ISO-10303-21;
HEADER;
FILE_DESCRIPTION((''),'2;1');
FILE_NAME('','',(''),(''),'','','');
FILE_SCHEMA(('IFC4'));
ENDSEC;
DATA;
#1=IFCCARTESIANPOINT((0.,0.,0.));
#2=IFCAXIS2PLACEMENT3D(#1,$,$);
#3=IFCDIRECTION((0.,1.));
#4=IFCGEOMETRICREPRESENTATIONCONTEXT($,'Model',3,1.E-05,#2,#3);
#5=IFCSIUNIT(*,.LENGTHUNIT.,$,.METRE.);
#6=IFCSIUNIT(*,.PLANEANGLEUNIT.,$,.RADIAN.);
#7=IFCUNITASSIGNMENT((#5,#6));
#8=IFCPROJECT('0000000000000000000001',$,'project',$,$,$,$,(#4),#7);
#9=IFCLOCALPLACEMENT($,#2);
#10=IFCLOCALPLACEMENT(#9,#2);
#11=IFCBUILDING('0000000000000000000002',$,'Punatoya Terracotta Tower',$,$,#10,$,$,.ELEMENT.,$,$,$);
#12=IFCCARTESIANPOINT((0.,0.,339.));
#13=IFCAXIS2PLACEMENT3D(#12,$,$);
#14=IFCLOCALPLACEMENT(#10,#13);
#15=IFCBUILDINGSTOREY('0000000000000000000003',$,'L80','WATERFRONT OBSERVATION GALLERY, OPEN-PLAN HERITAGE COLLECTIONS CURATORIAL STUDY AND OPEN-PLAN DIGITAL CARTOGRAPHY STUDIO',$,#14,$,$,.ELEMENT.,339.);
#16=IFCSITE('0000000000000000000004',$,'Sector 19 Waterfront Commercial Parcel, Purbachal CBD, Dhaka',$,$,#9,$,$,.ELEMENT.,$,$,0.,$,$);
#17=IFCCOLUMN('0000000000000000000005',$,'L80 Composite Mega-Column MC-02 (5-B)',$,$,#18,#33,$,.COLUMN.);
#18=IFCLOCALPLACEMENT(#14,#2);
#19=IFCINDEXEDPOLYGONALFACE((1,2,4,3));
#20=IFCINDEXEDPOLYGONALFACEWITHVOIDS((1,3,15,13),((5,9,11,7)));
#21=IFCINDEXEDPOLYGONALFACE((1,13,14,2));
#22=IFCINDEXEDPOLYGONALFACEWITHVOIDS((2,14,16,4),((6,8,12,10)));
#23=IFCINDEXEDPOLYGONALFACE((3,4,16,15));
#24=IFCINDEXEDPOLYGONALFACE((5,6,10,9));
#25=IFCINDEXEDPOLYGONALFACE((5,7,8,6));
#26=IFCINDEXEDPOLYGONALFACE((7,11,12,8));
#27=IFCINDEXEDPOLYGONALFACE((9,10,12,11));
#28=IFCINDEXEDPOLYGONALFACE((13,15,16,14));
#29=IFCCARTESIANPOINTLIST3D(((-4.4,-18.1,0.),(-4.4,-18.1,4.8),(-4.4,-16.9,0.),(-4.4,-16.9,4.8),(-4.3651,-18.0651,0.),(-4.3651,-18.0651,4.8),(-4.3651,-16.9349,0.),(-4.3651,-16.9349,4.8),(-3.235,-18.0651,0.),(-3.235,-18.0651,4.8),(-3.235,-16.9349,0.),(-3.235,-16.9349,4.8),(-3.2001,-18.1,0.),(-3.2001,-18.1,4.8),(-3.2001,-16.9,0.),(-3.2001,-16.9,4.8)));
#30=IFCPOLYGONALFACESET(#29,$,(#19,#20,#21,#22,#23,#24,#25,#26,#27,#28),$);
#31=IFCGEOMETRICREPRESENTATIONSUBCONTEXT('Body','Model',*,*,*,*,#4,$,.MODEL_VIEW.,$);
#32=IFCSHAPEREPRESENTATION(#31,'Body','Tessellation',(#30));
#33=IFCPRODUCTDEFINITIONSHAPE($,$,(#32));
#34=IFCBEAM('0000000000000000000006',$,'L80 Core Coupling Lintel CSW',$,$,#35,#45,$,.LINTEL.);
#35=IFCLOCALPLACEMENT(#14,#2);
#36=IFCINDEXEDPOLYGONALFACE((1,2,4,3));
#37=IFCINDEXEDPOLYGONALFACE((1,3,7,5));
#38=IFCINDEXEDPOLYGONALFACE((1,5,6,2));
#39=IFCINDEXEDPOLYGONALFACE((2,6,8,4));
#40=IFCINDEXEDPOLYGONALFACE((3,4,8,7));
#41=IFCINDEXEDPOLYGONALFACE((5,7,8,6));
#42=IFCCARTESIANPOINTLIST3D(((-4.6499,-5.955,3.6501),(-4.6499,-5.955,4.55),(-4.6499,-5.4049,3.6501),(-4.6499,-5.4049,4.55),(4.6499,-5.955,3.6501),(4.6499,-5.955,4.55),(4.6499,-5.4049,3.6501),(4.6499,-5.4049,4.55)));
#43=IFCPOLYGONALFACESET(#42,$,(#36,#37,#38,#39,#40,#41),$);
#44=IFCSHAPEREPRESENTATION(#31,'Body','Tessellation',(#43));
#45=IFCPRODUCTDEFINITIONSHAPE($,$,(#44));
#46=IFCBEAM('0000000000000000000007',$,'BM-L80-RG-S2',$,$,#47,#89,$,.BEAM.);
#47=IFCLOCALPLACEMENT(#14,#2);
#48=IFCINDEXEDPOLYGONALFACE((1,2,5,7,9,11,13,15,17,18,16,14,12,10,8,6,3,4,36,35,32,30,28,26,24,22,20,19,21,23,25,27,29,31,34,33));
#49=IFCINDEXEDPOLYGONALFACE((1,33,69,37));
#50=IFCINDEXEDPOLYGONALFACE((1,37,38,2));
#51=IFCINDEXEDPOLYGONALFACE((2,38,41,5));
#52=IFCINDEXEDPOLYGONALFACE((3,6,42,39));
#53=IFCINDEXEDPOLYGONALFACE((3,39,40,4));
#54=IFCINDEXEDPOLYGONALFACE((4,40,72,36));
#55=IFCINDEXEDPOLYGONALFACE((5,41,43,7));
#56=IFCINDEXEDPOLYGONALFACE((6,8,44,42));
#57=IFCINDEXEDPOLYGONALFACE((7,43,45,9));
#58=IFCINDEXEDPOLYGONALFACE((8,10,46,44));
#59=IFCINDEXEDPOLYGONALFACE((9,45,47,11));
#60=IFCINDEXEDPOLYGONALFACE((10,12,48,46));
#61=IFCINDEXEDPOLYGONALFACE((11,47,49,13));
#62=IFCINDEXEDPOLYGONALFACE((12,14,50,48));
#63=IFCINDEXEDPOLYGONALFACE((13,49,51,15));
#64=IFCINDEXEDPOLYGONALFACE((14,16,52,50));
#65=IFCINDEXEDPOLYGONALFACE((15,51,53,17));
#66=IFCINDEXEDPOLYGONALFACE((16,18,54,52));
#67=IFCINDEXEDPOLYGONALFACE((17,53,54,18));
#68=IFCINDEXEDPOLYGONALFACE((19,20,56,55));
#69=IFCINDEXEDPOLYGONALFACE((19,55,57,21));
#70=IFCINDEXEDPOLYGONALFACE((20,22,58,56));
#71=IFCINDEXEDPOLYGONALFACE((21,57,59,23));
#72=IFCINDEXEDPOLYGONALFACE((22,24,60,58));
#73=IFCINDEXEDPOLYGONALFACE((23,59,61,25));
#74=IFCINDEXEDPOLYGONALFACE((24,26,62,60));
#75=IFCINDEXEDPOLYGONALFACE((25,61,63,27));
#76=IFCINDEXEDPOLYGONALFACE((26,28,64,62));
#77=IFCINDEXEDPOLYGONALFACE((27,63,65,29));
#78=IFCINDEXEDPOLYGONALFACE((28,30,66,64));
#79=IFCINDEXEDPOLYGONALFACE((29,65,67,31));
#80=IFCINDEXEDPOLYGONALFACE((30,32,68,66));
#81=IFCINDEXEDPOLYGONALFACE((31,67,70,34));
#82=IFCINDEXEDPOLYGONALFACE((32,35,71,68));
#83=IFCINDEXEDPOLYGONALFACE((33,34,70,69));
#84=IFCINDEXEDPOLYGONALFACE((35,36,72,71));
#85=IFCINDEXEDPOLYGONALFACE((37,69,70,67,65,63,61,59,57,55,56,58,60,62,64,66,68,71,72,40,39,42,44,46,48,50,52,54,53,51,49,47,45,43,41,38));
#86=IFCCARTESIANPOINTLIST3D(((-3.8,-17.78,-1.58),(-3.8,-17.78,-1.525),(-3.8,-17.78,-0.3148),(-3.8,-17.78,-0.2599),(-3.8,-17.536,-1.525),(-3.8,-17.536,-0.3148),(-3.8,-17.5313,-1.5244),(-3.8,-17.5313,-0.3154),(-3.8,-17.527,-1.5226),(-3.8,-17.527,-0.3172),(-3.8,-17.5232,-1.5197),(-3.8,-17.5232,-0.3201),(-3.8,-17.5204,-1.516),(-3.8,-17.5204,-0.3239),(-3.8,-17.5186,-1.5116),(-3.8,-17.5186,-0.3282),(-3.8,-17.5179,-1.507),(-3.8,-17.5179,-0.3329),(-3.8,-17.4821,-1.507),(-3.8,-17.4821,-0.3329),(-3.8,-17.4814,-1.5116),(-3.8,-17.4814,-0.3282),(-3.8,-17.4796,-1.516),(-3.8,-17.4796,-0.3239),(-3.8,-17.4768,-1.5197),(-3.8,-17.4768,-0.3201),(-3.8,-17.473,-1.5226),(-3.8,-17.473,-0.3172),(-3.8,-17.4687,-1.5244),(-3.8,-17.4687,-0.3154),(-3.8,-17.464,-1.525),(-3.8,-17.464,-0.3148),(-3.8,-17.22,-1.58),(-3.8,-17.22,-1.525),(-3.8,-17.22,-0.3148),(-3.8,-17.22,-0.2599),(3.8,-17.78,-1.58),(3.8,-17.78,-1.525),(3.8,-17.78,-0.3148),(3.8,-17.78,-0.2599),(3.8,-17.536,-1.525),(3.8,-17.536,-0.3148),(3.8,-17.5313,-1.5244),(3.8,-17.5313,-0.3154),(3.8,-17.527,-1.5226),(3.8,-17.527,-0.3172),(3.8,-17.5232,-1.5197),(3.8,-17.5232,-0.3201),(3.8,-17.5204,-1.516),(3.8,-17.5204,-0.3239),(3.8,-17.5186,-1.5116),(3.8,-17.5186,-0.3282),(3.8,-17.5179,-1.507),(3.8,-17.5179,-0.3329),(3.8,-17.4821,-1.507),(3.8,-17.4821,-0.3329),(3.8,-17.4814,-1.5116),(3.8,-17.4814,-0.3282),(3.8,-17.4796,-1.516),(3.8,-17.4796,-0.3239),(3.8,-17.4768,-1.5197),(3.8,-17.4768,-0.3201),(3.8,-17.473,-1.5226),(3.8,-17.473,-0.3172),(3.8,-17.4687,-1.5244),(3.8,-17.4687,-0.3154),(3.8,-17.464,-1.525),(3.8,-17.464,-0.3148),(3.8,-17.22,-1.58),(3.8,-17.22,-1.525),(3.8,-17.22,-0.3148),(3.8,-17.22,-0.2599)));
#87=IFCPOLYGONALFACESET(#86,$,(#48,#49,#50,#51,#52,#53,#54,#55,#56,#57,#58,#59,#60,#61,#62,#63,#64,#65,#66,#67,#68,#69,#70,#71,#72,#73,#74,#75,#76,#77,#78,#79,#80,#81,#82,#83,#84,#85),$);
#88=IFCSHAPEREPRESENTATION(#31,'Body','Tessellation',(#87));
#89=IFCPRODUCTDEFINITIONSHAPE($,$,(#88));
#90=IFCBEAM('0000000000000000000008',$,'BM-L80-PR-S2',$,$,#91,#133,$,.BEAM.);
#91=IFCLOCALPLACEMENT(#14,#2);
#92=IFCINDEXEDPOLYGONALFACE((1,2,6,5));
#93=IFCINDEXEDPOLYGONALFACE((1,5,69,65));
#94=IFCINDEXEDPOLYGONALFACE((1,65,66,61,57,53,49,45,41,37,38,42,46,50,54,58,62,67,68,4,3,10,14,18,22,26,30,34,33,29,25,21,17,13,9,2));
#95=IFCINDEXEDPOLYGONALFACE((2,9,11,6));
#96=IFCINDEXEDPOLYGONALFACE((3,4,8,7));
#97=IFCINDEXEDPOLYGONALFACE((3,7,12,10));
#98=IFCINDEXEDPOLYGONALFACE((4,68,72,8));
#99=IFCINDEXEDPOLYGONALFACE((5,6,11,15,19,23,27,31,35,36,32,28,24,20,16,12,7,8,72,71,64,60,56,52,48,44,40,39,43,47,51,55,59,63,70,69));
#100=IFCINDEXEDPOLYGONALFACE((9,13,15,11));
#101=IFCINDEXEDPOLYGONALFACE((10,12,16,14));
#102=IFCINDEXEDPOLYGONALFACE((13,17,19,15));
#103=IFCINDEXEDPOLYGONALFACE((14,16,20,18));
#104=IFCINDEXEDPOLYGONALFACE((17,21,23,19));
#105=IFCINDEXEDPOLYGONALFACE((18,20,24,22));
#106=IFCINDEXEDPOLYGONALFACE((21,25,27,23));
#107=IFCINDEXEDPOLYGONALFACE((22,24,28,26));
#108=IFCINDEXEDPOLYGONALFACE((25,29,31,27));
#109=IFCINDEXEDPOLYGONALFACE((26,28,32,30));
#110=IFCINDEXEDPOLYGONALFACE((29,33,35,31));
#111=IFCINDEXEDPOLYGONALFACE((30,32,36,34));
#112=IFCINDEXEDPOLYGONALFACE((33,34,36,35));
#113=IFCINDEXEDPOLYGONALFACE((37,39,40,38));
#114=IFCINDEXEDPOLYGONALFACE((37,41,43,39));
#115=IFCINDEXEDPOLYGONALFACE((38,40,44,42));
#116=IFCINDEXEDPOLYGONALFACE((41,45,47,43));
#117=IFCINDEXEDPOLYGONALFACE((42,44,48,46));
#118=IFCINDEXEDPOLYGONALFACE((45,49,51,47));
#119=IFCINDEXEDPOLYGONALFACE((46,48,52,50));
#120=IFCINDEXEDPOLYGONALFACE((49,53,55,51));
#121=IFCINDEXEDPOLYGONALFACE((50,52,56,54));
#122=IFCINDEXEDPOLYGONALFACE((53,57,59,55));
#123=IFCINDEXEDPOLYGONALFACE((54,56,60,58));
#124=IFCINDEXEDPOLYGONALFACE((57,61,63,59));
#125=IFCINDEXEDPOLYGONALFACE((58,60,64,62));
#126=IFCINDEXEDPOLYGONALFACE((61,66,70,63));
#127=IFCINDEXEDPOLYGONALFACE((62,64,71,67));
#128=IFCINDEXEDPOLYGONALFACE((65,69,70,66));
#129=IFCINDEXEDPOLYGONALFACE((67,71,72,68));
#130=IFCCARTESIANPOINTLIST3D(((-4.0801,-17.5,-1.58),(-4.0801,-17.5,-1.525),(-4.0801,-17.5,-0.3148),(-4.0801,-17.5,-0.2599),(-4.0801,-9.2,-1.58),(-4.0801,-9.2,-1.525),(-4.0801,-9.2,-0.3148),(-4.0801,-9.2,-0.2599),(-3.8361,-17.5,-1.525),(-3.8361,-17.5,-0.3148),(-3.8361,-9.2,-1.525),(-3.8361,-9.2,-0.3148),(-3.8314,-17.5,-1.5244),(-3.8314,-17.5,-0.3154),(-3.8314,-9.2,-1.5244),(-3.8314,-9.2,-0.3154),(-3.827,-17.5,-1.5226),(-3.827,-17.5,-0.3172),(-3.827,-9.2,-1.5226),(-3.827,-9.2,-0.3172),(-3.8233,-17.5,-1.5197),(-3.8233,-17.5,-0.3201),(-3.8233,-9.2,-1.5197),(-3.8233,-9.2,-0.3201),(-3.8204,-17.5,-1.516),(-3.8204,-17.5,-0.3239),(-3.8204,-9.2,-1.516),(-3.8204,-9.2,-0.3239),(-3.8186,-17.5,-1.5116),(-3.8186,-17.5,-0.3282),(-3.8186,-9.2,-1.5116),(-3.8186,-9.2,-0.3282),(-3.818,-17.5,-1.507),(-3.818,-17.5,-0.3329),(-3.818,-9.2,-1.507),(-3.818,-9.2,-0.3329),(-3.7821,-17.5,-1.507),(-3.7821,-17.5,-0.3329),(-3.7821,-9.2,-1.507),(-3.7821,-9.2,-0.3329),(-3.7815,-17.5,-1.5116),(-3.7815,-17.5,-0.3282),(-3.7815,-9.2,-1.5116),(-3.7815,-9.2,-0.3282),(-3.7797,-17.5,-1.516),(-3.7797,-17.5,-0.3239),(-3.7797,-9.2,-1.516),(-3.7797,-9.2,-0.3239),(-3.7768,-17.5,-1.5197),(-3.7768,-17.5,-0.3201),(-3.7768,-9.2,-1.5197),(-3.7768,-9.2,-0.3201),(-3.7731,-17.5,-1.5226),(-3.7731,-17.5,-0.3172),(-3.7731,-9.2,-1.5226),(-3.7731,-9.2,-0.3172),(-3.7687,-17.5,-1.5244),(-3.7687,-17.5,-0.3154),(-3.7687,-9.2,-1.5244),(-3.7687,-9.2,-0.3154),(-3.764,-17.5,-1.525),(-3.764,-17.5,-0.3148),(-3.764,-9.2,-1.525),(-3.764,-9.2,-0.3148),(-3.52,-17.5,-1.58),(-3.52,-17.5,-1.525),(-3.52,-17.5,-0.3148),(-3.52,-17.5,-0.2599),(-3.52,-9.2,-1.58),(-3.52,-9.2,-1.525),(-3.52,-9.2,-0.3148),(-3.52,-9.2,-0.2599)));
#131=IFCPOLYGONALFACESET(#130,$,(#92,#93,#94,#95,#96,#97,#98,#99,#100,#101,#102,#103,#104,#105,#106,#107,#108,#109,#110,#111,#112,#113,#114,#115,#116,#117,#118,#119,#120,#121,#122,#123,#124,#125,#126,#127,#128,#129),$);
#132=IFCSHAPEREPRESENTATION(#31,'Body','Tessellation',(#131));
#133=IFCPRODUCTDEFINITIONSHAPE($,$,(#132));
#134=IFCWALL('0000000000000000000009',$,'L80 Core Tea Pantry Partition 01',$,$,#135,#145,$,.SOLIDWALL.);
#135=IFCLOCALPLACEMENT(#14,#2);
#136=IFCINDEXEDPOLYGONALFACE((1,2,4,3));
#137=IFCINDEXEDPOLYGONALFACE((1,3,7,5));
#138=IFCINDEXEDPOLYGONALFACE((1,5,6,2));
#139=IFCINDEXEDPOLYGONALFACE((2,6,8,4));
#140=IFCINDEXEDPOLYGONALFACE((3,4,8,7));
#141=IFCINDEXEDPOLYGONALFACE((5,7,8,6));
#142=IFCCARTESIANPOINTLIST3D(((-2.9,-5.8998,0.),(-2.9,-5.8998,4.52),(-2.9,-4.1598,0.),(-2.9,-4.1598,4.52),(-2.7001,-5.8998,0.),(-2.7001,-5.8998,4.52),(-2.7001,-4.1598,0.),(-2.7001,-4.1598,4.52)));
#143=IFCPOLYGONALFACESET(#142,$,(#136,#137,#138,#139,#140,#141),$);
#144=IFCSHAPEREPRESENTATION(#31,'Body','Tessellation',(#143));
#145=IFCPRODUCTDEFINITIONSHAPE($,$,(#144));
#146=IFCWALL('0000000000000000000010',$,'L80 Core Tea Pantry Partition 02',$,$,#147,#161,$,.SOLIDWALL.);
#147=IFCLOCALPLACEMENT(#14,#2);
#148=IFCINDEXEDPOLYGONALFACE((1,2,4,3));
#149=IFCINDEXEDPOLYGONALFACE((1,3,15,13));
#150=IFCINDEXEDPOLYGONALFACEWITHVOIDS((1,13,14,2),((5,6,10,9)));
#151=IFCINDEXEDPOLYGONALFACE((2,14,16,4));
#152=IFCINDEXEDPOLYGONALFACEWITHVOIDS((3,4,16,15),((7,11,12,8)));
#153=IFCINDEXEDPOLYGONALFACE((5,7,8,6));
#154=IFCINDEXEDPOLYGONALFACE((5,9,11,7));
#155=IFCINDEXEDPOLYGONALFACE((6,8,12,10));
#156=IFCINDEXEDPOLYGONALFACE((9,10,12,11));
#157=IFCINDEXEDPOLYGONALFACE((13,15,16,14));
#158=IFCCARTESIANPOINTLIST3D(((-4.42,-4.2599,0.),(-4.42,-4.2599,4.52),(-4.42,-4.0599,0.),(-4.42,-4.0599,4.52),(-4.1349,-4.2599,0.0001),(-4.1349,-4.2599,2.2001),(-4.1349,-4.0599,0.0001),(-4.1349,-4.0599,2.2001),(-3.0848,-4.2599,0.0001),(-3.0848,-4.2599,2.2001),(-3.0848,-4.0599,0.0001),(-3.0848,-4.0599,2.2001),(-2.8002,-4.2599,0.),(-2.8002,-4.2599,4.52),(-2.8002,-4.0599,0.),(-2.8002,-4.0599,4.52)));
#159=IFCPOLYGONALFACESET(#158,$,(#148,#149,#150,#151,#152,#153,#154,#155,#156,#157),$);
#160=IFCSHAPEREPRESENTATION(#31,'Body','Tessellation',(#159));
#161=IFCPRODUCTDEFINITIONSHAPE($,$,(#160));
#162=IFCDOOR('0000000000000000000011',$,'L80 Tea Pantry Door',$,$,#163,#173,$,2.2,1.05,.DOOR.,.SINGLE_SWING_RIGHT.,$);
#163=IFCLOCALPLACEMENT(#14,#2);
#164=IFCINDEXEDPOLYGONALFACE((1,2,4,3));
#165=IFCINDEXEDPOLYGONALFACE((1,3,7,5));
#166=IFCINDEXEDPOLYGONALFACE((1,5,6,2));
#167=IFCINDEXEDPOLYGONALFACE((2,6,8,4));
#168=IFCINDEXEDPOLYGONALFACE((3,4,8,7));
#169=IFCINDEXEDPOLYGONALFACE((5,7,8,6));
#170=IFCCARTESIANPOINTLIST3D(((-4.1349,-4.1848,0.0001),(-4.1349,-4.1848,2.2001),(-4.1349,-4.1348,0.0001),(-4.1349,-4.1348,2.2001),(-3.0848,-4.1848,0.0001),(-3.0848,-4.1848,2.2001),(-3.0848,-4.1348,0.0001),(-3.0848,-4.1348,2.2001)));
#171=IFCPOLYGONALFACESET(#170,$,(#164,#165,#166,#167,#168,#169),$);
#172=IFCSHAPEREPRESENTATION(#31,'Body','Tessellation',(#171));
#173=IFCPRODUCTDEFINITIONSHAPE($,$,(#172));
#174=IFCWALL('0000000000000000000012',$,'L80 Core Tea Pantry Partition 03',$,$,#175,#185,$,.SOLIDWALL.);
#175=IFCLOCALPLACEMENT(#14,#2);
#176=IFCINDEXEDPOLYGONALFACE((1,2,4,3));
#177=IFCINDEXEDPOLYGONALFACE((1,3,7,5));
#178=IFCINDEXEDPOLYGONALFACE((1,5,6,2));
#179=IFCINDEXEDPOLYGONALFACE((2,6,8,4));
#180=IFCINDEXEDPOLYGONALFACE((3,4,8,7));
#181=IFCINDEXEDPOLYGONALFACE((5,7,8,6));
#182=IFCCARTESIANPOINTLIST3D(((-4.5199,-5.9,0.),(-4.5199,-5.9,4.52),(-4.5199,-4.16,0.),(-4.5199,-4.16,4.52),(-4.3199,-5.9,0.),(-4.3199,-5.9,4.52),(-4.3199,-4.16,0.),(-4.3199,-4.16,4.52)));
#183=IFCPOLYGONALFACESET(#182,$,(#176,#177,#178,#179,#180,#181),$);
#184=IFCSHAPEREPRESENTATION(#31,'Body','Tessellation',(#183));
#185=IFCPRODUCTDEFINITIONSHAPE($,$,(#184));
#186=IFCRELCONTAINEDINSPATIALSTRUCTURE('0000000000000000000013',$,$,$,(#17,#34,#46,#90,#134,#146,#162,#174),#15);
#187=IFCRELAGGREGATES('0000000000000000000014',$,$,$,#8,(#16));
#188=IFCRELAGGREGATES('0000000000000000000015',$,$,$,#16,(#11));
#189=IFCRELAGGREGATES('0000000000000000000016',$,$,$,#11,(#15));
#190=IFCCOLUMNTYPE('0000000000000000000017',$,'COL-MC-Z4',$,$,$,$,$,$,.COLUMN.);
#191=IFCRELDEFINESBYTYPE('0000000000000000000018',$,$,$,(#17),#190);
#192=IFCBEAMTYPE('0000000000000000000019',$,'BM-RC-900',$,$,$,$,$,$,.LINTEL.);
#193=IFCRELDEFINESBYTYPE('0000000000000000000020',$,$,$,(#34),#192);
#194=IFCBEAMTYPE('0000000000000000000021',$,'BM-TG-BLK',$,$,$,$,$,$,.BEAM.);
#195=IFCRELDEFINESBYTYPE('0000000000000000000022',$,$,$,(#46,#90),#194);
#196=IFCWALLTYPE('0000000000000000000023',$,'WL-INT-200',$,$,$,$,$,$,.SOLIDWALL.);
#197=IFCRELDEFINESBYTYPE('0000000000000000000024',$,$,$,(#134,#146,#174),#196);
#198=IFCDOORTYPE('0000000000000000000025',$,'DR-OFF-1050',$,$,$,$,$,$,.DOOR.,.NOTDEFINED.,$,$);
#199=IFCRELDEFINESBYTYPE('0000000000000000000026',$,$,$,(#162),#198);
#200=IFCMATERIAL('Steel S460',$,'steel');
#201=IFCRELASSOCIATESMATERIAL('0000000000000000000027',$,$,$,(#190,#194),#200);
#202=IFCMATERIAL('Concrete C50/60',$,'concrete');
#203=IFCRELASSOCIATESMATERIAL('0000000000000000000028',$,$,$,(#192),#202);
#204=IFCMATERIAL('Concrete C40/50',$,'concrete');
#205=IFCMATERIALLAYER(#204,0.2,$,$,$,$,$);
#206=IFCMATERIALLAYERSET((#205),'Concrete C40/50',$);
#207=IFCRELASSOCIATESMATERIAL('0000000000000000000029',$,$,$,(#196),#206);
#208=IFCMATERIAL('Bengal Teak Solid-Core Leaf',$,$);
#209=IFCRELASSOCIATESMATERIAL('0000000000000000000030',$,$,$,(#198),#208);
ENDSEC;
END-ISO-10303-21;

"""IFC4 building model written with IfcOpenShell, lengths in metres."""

from ifc_helpers import new_model, si_unit, direction, frame, frame_2d, origin, origin_2d, place, context, subcontext, project, spatial, rectangle, hollow_rectangle, i_section, extrude, material, layer, layer_set, material_profile, profile_set, type_object, element, fill, save


model = new_model("IFC4")

# Units and contexts
model_context = context("Model", 3, precision=1e-05, world=origin(), true_north=direction((0.0, 1.0)))
body_context = subcontext(model_context, "Body", "Model", "MODEL_VIEW")
ifc_project = project(units=[si_unit("LENGTHUNIT", "METRE"), si_unit("PLANEANGLEUNIT", "RADIAN")], contexts=[model_context])

# Site, building, storey
site_placement = place(None, origin())
site = spatial("IfcSite", under=ifc_project, at=site_placement, Name="Sector 19 Waterfront Commercial Parcel, Purbachal CBD, Dhaka", CompositionType="ELEMENT", RefElevation=0.0)
building_placement = place(site_placement, origin())
building = spatial("IfcBuilding", under=site, at=building_placement, Name="Punatoya Terracotta Tower", CompositionType="ELEMENT")
storey_placement = place(building_placement, frame((0.0, 0.0, 339.0)))
storey = spatial("IfcBuildingStorey", under=building, at=storey_placement, Name="L80", Description="WATERFRONT OBSERVATION GALLERY, OPEN-PLAN HERITAGE COLLECTIONS CURATORIAL STUDY AND OPEN-PLAN DIGITAL CARTOGRAPHY STUDIO", CompositionType="ELEMENT", Elevation=339.0)

# Column
ifc_material_1 = material(Name="Steel S460", Category="steel")
ifc_material_profile_1 = material_profile(ifc_material_1, hollow_rectangle(XDim=1.2, YDim=1.2, WallThickness=0.0349, at=origin_2d()))
ifc_profile_set_1 = profile_set([ifc_material_profile_1], Name="Steel S460")
column_type = type_object("IfcColumnType", Name="COL-MC-Z4", PredefinedType="COLUMN", material=ifc_profile_set_1)
column_placement = place(storey_placement, frame((-3.8, -17.5, 0.0), z_axis=(0.0, 0.0, 1.0), x_axis=(1.0, 0.0, 0.0)))
element("IfcColumn", 1, at=column_placement, inside=storey, type_object=column_type, Name="L80 Composite Mega-Column MC-02 (5-B)", PredefinedType="COLUMN", context=body_context, shape_type="SweptSolid", body=[
    extrude(hollow_rectangle(XDim=1.2, YDim=1.2, WallThickness=0.0349, at=origin_2d()), origin(), (0.0, 0.0, 1.0), 4.8),
])

# Beams
ifc_material_2 = material(Name="Concrete C50/60", Category="concrete")
ifc_material_profile_2 = material_profile(ifc_material_2, rectangle(XDim=0.55, YDim=0.8999, at=origin_2d()))
ifc_profile_set_2 = profile_set([ifc_material_profile_2], Name="Concrete C50/60")
beam_type_1 = type_object("IfcBeamType", Name="BM-RC-900", PredefinedType="LINTEL", material=ifc_profile_set_2)
beam_1_placement = place(storey_placement, frame((-4.6499, -5.6799, 4.1001), z_axis=(1.0, 0.0, 0.0), x_axis=(0.0, 1.0, 0.0)))
element("IfcBeam", 2, at=beam_1_placement, inside=storey, type_object=beam_type_1, Name="L80 Core Coupling Lintel CSW", PredefinedType="LINTEL", context=body_context, shape_type="SweptSolid", body=[
    extrude(rectangle(XDim=0.55, YDim=0.8999, at=origin_2d()), origin(), (0.0, 0.0, 1.0), 9.2998),
])
ifc_material_profile_3 = material_profile(ifc_material_1, i_section(OverallWidth=0.5601, OverallDepth=1.3201, WebThickness=0.0359, FlangeThickness=0.0549, FilletRadius=0.0181, at=origin_2d()))
ifc_profile_set_3 = profile_set([ifc_material_profile_3], Name="Steel S460")
beam_type_2 = type_object("IfcBeamType", Name="BM-TG-BLK", PredefinedType="BEAM", material=ifc_profile_set_3)
beam_2_placement = place(storey_placement, frame((-3.8, -17.5, -0.9199), z_axis=(1.0, 0.0, 0.0), x_axis=(0.0, 1.0, 0.0)))
element("IfcBeam", 3, at=beam_2_placement, inside=storey, type_object=beam_type_2, Name="BM-L80-RG-S2", PredefinedType="BEAM", context=body_context, shape_type="SweptSolid", body=[
    extrude(i_section(OverallWidth=0.5601, OverallDepth=1.3201, WebThickness=0.0359, FlangeThickness=0.0549, FilletRadius=0.0181, at=origin_2d()), origin(), (0.0, 0.0, 1.0), 7.6001),
])
beam_3_placement = place(storey_placement, frame((-3.8, -17.5, -0.9199), z_axis=(0.0, 1.0, 0.0), x_axis=(-1.0, 0.0, 0.0)))
element("IfcBeam", 4, at=beam_3_placement, inside=storey, type_object=beam_type_2, Name="BM-L80-PR-S2", PredefinedType="BEAM", context=body_context, shape_type="SweptSolid", body=[
    extrude(i_section(OverallWidth=0.5601, OverallDepth=1.3201, WebThickness=0.0359, FlangeThickness=0.0549, FilletRadius=0.0181, at=origin_2d()), origin(), (0.0, 0.0, 1.0), 8.3),
])

# Wall
ifc_material_3 = material(Name="Concrete C40/50", Category="concrete")
ifc_layer_1 = layer(ifc_material_3, 0.2)
ifc_layer_set_1 = layer_set([ifc_layer_1], Name="Concrete C40/50")
wall_type_1 = type_object("IfcWallType", Name="WL-INT-200", PredefinedType="SOLIDWALL", material=ifc_layer_set_1)
wall_1_placement = place(storey_placement, frame((-2.8, -5.8999, 0.0), z_axis=(0.0, 0.0, 1.0), x_axis=(0.0, 1.0, 0.0)))
element("IfcWall", 5, at=wall_1_placement, inside=storey, type_object=wall_type_1, Name="L80 Core Tea Pantry Partition 01", PredefinedType="SOLIDWALL", context=body_context, shape_type="SweptSolid", body=[
    extrude(rectangle(XDim=1.74, YDim=0.2, at=frame_2d((0.8701, 0.0))), origin(), (0.0, 0.0, 1.0), 4.52),
])

# Wall, opening, door
wall_2_placement = place(storey_placement, frame((-2.8, -4.1599, 0.0), z_axis=(0.0, 0.0, 1.0), x_axis=(-1.0, 0.0, 0.0)))
wall_2 = element("IfcWall", 6, at=wall_2_placement, inside=storey, type_object=wall_type_1, Name="L80 Core Tea Pantry Partition 02", PredefinedType="SOLIDWALL", context=body_context, shape_type="SweptSolid", body=[
    extrude(rectangle(XDim=1.6199, YDim=0.2, at=frame_2d((0.8101, 0.0))), origin(), (0.0, 0.0, 1.0), 4.52),
])
opening_1_placement = place(wall_2_placement, frame((0.2849, 0.0, 0.0)))
opening_1 = element("IfcOpeningElement", 7, at=opening_1_placement, cuts=wall_2, PredefinedType="OPENING", context=body_context, shape_type="SweptSolid", body=[
    extrude(rectangle(XDim=1.05, YDim=2.2, at=frame_2d((0.5249, 1.1001))), frame((0.0, 0.1099, 0.0), z_axis=(0.0, -1.0, 0.0), x_axis=(1.0, 0.0, 0.0)), (0.0, 0.0, 1.0), 0.22),
])
ifc_material_4 = material(Name="Bengal Teak Solid-Core Leaf")
door_type_1 = type_object("IfcDoorType", Name="DR-OFF-1050", OperationType="NOTDEFINED", PredefinedType="DOOR", material=ifc_material_4)
door_1_placement = place(opening_1_placement, origin())
door_1 = element("IfcDoor", 8, at=door_1_placement, inside=storey, type_object=door_type_1, Name="L80 Tea Pantry Door", OperationType="SINGLE_SWING_RIGHT", OverallHeight=2.2, OverallWidth=1.05, PredefinedType="DOOR", context=body_context, shape_type="SweptSolid", body=[
    extrude(rectangle(XDim=1.05, YDim=2.2, at=frame_2d((0.5249, 1.1001))), frame((0.0, 0.0249, 0.0), z_axis=(0.0, -1.0, 0.0), x_axis=(1.0, 0.0, 0.0)), (0.0, 0.0, 1.0), 0.05),
])
fill(opening_1, door_1)

# Wall
wall_3_placement = place(storey_placement, frame((-4.4199, -4.1599, 0.0), z_axis=(0.0, 0.0, 1.0), x_axis=(0.0, -1.0, 0.0)))
element("IfcWall", 9, at=wall_3_placement, inside=storey, type_object=wall_type_1, Name="L80 Core Tea Pantry Partition 03", PredefinedType="SOLIDWALL", context=body_context, shape_type="SweptSolid", body=[
    extrude(rectangle(XDim=1.74, YDim=0.2, at=frame_2d((0.8701, 0.0))), origin(), (0.0, 0.0, 1.0), 4.52),
])

save(model, "model.ifc")
